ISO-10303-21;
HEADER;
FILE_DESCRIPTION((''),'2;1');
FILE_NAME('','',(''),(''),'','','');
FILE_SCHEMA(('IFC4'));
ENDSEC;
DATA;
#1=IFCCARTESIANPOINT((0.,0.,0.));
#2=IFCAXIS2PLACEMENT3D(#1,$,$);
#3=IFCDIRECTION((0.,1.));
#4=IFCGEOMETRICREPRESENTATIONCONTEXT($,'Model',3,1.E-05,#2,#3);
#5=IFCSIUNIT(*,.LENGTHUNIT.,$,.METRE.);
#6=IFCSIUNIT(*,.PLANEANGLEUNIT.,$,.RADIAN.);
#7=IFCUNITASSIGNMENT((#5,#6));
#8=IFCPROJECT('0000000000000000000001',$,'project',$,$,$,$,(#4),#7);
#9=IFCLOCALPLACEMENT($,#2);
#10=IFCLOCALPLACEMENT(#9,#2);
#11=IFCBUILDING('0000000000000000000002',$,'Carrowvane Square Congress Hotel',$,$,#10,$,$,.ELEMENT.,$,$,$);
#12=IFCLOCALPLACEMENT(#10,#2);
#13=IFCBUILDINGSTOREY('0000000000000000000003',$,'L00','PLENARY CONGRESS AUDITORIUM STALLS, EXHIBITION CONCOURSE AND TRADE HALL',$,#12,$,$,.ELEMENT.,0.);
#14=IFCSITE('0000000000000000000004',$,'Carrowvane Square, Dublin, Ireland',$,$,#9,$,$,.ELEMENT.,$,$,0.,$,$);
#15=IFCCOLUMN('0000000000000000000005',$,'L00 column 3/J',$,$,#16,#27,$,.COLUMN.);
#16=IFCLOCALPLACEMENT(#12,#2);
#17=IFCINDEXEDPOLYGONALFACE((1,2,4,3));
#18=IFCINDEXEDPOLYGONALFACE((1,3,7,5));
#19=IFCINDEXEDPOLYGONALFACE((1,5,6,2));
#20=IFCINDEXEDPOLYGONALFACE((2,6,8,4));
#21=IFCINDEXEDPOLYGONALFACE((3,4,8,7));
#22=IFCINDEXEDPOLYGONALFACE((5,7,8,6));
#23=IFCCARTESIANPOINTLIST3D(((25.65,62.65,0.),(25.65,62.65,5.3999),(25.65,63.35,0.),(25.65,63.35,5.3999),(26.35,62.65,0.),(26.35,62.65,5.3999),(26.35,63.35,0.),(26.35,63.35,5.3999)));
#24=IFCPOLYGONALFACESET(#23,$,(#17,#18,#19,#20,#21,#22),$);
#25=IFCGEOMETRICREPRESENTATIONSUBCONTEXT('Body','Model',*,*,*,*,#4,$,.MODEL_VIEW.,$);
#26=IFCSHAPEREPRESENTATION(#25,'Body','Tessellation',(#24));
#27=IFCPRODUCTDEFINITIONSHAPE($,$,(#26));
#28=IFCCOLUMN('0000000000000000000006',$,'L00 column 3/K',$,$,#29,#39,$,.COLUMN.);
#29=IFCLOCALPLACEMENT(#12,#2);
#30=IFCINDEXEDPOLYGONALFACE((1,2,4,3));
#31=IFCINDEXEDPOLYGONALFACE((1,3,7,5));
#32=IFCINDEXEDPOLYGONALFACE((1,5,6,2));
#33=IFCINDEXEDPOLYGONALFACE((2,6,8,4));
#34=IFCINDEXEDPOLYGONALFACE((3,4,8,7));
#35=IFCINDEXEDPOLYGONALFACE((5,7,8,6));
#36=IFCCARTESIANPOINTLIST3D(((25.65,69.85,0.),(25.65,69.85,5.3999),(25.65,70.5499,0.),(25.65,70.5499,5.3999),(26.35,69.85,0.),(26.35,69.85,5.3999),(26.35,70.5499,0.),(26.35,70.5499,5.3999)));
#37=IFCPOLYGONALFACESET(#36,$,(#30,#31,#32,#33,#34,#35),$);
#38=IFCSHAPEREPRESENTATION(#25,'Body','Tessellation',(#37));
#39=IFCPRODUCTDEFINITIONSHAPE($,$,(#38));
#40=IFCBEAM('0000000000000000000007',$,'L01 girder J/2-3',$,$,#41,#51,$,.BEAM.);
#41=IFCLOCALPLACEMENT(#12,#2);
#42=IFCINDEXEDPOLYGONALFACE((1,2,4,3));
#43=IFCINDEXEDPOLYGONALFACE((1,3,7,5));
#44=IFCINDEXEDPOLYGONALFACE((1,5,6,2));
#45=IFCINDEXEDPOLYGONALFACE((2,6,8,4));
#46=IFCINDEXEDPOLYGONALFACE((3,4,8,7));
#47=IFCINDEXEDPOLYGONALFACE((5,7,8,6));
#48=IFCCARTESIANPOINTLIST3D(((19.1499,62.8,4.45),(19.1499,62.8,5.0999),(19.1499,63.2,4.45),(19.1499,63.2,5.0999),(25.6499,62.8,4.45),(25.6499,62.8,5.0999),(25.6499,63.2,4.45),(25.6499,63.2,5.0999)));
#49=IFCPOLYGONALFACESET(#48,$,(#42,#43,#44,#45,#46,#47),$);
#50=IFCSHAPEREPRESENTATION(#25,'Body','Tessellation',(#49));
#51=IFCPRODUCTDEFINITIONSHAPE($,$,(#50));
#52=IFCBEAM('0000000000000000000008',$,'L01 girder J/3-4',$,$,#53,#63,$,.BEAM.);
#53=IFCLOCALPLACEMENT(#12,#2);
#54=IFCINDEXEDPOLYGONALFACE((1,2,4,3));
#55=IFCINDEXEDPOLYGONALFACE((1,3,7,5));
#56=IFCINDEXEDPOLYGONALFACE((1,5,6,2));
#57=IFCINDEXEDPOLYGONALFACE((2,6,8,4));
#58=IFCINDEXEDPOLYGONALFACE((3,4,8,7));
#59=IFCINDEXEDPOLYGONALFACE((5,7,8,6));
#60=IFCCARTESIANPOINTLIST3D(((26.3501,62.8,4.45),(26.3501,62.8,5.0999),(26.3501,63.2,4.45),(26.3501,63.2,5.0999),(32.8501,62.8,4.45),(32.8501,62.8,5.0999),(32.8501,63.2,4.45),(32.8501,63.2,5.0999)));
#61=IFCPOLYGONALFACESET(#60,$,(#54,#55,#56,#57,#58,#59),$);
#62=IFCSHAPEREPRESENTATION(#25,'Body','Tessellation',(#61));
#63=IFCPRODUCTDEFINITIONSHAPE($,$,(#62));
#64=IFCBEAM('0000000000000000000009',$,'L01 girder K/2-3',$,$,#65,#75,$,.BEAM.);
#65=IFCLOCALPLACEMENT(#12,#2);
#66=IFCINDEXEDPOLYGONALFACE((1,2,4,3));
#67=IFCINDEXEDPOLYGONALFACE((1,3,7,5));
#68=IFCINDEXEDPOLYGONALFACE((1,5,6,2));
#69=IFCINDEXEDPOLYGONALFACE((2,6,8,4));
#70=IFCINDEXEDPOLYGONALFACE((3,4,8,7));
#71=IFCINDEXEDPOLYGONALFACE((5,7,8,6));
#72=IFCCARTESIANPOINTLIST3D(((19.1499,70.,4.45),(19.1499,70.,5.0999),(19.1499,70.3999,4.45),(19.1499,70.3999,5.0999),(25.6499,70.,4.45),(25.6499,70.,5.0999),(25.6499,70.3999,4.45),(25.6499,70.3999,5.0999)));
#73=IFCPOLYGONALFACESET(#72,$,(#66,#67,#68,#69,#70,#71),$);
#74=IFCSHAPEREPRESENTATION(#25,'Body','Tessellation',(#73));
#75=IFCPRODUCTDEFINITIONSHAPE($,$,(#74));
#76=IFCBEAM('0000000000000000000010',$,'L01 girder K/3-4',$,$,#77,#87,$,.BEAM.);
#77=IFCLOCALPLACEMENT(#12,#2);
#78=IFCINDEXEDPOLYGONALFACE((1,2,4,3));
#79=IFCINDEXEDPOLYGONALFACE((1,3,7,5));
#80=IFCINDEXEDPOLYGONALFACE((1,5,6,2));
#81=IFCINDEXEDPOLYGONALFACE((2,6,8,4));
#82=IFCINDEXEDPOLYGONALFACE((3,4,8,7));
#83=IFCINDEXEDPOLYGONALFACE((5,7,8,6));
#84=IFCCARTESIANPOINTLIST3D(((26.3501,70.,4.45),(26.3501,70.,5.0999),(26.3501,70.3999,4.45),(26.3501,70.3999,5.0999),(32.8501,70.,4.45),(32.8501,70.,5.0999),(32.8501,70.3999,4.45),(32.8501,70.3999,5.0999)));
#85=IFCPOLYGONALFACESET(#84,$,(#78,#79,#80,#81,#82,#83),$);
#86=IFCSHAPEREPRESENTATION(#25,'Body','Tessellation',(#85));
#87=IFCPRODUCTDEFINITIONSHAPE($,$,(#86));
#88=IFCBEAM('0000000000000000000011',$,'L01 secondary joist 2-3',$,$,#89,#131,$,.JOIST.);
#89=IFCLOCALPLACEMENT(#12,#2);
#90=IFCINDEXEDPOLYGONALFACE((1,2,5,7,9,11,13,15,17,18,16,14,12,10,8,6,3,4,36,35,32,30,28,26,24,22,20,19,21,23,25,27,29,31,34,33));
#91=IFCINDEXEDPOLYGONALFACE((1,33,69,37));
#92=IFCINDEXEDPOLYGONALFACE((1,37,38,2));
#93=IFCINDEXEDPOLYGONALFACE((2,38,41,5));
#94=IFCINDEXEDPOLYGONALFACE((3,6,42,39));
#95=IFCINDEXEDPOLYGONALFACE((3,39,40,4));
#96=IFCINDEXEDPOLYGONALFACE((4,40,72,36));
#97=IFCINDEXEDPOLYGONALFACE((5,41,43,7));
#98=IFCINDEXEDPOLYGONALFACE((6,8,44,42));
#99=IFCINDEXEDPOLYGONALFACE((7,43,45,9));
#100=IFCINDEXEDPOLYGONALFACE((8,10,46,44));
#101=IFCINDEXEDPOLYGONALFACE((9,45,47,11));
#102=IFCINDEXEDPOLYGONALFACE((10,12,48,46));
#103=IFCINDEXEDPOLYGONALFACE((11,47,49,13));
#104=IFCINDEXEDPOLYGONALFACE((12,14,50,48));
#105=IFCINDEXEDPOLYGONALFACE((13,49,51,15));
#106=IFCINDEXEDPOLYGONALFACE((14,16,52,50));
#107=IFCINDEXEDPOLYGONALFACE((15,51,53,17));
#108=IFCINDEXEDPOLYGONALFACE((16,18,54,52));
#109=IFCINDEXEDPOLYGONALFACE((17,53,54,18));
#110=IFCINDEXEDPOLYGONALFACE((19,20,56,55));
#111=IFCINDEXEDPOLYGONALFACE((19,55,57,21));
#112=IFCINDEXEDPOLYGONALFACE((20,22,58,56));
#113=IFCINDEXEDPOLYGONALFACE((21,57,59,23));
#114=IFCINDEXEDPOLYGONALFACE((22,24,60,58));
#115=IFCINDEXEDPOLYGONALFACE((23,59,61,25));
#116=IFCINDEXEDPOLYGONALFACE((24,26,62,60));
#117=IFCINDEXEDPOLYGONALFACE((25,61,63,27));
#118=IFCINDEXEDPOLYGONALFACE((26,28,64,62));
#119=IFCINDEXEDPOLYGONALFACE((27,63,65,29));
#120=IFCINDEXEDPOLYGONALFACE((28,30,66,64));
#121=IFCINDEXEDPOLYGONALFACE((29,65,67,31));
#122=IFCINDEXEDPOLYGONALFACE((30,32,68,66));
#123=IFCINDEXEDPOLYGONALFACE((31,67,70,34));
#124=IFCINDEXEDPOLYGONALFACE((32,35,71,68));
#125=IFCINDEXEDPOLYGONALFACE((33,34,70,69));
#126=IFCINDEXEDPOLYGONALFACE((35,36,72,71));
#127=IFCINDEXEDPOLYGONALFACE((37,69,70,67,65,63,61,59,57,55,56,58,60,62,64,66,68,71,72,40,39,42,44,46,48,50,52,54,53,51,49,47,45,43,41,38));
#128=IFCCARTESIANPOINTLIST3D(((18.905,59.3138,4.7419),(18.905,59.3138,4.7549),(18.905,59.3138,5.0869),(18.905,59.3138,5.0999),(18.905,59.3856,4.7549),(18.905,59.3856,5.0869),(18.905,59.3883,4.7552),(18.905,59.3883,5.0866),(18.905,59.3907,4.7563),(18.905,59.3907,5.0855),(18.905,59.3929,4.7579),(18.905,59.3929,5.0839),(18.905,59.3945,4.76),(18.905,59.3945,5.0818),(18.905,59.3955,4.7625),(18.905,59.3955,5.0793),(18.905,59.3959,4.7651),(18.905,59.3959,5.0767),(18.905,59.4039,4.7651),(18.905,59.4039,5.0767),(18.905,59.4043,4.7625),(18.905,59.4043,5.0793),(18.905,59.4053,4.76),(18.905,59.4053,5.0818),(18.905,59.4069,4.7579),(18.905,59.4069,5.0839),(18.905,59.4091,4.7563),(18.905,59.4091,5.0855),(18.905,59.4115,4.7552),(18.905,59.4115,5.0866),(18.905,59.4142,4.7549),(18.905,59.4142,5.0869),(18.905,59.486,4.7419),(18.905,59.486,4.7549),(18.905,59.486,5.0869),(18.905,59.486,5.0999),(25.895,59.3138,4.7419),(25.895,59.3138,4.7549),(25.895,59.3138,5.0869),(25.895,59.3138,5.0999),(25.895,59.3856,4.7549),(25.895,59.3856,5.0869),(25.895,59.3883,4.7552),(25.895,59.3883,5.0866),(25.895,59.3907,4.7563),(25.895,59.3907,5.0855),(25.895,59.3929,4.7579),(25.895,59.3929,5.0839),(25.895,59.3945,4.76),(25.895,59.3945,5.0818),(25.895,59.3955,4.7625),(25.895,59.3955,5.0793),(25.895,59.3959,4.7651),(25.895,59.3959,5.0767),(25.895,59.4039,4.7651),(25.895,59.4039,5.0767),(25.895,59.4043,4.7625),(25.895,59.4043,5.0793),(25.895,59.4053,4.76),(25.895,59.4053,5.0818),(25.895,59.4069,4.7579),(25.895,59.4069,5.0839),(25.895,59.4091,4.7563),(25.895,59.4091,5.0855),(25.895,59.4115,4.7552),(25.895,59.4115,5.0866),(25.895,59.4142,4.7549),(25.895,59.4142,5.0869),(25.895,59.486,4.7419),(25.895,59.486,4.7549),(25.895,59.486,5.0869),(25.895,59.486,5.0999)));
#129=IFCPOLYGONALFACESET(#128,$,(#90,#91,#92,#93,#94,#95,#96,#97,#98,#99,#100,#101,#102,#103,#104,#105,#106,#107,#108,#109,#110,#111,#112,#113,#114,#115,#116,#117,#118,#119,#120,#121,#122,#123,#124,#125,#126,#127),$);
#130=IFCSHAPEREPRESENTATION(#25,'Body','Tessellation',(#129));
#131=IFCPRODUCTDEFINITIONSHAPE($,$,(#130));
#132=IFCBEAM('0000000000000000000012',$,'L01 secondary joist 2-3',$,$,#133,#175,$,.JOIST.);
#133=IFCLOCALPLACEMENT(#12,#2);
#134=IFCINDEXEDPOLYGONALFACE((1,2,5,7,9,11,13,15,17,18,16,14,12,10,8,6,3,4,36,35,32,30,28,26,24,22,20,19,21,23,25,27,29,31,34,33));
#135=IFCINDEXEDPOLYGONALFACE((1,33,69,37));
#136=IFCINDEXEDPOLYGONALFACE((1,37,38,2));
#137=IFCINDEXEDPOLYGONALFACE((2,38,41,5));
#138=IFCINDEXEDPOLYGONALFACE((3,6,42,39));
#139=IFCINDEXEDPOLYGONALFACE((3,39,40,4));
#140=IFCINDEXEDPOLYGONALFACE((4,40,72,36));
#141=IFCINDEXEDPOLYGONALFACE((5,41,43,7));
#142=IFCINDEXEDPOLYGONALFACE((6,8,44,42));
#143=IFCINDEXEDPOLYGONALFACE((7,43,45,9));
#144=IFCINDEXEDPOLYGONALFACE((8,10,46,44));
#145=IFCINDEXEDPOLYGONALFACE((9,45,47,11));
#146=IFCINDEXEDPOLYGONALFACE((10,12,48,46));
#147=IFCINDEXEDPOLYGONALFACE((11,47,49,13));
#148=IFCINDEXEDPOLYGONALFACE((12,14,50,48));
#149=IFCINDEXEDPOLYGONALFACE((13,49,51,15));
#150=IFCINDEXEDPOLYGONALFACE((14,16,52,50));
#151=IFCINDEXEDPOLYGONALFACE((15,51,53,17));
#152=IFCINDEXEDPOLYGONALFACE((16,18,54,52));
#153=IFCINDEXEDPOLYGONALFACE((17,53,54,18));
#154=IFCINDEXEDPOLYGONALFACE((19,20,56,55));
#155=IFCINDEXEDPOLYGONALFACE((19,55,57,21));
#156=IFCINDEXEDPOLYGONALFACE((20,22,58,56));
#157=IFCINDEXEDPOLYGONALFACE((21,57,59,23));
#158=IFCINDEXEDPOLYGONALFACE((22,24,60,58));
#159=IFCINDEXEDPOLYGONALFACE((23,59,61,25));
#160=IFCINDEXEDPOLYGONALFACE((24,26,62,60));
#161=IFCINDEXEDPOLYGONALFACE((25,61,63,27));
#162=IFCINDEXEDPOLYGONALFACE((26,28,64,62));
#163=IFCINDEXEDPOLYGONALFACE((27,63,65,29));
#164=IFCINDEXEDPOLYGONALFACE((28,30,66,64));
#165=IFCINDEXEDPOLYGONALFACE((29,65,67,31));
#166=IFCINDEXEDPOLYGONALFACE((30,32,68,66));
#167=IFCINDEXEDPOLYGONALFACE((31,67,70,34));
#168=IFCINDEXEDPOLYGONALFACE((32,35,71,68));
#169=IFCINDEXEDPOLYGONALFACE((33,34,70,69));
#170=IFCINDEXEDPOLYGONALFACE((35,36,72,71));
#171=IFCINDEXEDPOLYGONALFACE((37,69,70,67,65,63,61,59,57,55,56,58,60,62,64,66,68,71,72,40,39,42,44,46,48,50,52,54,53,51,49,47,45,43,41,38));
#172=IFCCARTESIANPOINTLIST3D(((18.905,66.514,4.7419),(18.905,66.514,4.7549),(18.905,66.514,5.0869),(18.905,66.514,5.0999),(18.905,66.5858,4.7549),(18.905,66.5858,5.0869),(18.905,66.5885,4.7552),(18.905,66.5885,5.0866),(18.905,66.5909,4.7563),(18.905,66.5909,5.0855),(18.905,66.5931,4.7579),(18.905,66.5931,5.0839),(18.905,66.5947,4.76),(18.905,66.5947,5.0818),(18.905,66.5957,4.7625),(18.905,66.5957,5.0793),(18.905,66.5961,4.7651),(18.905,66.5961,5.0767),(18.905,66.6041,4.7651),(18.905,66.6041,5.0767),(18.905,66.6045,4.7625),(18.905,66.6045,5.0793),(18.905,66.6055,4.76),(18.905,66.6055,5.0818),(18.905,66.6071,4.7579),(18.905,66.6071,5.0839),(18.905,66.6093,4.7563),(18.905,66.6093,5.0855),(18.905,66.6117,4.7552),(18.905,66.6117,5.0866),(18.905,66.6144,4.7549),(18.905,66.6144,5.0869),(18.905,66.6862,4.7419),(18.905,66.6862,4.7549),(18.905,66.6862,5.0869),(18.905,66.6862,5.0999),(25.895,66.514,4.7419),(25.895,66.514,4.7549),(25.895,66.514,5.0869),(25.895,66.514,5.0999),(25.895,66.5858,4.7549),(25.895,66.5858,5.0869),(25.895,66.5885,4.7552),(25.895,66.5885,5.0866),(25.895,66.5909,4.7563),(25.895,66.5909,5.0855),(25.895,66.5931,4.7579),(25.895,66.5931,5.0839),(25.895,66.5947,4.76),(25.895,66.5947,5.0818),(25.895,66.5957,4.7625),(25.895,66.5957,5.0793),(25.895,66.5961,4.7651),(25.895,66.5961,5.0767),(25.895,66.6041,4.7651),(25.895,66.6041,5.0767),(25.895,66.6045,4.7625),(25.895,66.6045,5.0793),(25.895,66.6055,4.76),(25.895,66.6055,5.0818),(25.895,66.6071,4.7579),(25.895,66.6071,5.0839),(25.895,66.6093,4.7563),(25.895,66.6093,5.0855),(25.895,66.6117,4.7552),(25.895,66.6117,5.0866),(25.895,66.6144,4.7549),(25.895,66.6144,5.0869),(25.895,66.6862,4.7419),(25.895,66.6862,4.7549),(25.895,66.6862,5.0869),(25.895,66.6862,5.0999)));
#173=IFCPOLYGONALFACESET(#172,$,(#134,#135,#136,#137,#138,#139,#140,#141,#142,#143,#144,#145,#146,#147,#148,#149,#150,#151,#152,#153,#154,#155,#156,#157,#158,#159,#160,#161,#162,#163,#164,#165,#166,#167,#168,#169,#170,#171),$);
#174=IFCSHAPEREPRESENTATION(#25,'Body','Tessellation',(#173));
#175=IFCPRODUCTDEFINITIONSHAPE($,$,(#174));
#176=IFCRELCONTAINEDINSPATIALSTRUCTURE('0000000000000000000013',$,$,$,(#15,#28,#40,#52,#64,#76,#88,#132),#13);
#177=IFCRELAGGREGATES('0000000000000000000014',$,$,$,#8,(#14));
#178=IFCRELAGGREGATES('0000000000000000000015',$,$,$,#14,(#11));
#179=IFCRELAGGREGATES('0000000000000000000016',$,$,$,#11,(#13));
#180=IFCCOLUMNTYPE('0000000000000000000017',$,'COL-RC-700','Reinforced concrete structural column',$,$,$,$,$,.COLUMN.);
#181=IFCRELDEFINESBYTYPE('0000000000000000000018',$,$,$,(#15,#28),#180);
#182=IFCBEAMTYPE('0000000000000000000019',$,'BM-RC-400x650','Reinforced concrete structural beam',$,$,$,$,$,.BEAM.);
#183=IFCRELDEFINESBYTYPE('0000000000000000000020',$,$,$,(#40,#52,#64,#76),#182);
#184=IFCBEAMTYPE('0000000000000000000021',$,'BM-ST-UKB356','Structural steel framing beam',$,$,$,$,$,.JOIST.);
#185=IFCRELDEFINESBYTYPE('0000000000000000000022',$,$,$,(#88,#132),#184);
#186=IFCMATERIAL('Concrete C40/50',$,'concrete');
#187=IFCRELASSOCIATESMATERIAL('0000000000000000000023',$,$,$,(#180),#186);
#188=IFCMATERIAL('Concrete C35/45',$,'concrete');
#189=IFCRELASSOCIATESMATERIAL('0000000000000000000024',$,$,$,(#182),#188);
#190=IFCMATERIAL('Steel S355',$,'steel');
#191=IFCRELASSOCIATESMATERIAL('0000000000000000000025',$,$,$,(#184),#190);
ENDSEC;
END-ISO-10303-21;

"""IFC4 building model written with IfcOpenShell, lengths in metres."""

from ifc_helpers import new_model, si_unit, direction, frame, origin, origin_2d, place, context, subcontext, project, spatial, rectangle, i_section, extrude, material, material_profile, profile_set, type_object, element, save


model = new_model("IFC4")

# Units and contexts
model_context = context("Model", 3, precision=1e-05, world=origin(), true_north=direction((0.0, 1.0)))
body_context = subcontext(model_context, "Body", "Model", "MODEL_VIEW")
ifc_project = project(units=[si_unit("LENGTHUNIT", "METRE"), si_unit("PLANEANGLEUNIT", "RADIAN")], contexts=[model_context])

# Site, building, storey
site_placement = place(None, origin())
site = spatial("IfcSite", under=ifc_project, at=site_placement, Name="Carrowvane Square, Dublin, Ireland", CompositionType="ELEMENT", RefElevation=0.0)
building_placement = place(site_placement, origin())
building = spatial("IfcBuilding", under=site, at=building_placement, Name="Carrowvane Square Congress Hotel", CompositionType="ELEMENT")
storey_placement = place(building_placement, origin())
storey = spatial("IfcBuildingStorey", under=building, at=storey_placement, Name="L00", Description="PLENARY CONGRESS AUDITORIUM STALLS, EXHIBITION CONCOURSE AND TRADE HALL", CompositionType="ELEMENT", Elevation=0.0)

# Columns
ifc_material_1 = material(Name="Concrete C40/50", Category="concrete")
ifc_material_profile_1 = material_profile(ifc_material_1, rectangle(XDim=0.7, YDim=0.7, at=origin_2d()), Name="RC 700x700")
ifc_profile_set_1 = profile_set([ifc_material_profile_1], Name="Concrete C40/50")
column_type = type_object("IfcColumnType", Name="COL-RC-700", Description="Reinforced concrete structural column", PredefinedType="COLUMN", material=ifc_profile_set_1)
for number, where, z_axis, x_axis, name in (
    (1, (26.0, 63.0, 0.0), (0.0, 0.0, 1.0), (1.0, 0.0, 0.0), "L00 column 3/J"),
    (2, (26.0, 70.2, 0.0), (0.0, 0.0, 1.0), (1.0, 0.0, 0.0), "L00 column 3/K"),
):
    element("IfcColumn", number, at=place(storey_placement, frame(where, z_axis=z_axis, x_axis=x_axis)), inside=storey, type_object=column_type, Name=name, PredefinedType="COLUMN", context=body_context, shape_type="SweptSolid", body=[
        extrude(rectangle(XDim=0.7, YDim=0.7, at=origin_2d()), origin(), (0.0, 0.0, 1.0), 5.3999),
    ])

# Beams
ifc_material_2 = material(Name="Concrete C35/45", Category="concrete")
ifc_material_profile_2 = material_profile(ifc_material_2, rectangle(XDim=0.3999, YDim=0.6499, at=origin_2d()), Name="RC 400x650")
ifc_profile_set_2 = profile_set([ifc_material_profile_2], Name="Concrete C35/45")
beam_type_1 = type_object("IfcBeamType", Name="BM-RC-400x650", Description="Reinforced concrete structural beam", PredefinedType="BEAM", material=ifc_profile_set_2)
for number, where, z_axis, x_axis, name in (
    (3, (19.1499, 63.0, 4.7749), (1.0, 0.0, 0.0), (0.0, 1.0, 0.0), "L01 girder J/2-3"),
    (4, (26.3501, 63.0, 4.7749), (1.0, 0.0, 0.0), (0.0, 1.0, 0.0), "L01 girder J/3-4"),
    (5, (19.1499, 70.2, 4.7749), (1.0, 0.0, 0.0), (0.0, 1.0, 0.0), "L01 girder K/2-3"),
    (6, (26.3501, 70.2, 4.7749), (1.0, 0.0, 0.0), (0.0, 1.0, 0.0), "L01 girder K/3-4"),
):
    element("IfcBeam", number, at=place(storey_placement, frame(where, z_axis=z_axis, x_axis=x_axis)), inside=storey, type_object=beam_type_1, Name=name, PredefinedType="BEAM", context=body_context, shape_type="SweptSolid", body=[
        extrude(rectangle(XDim=0.3999, YDim=0.6499, at=origin_2d()), origin(), (0.0, 0.0, 1.0), 6.5),
    ])
ifc_material_3 = material(Name="Steel S355", Category="steel")
ifc_material_profile_3 = material_profile(ifc_material_3, i_section(OverallWidth=0.1721, OverallDepth=0.3579, WebThickness=0.0081, FlangeThickness=0.0129, FilletRadius=0.0103, at=origin_2d()), Name="UKB 356x171x57")
ifc_profile_set_3 = profile_set([ifc_material_profile_3], Name="Steel S355")
beam_type_2 = type_object("IfcBeamType", Name="BM-ST-UKB356", Description="Structural steel framing beam", PredefinedType="JOIST", material=ifc_profile_set_3)
for number, where, z_axis, x_axis, name in (
    (7, (18.905, 59.3999, 4.9209), (1.0, 0.0, 0.0), (0.0, 1.0, 0.0), "L01 secondary joist 2-3"),
    (8, (18.905, 66.6001, 4.9209), (1.0, 0.0, 0.0), (0.0, 1.0, 0.0), "L01 secondary joist 2-3"),
):
    element("IfcBeam", number, at=place(storey_placement, frame(where, z_axis=z_axis, x_axis=x_axis)), inside=storey, type_object=beam_type_2, Name=name, PredefinedType="JOIST", context=body_context, shape_type="SweptSolid", body=[
        extrude(i_section(OverallWidth=0.1721, OverallDepth=0.3579, WebThickness=0.0081, FlangeThickness=0.0129, FilletRadius=0.0103, at=origin_2d()), origin(), (0.0, 0.0, 1.0), 6.99),
    ])

save(model, "model.ifc")
